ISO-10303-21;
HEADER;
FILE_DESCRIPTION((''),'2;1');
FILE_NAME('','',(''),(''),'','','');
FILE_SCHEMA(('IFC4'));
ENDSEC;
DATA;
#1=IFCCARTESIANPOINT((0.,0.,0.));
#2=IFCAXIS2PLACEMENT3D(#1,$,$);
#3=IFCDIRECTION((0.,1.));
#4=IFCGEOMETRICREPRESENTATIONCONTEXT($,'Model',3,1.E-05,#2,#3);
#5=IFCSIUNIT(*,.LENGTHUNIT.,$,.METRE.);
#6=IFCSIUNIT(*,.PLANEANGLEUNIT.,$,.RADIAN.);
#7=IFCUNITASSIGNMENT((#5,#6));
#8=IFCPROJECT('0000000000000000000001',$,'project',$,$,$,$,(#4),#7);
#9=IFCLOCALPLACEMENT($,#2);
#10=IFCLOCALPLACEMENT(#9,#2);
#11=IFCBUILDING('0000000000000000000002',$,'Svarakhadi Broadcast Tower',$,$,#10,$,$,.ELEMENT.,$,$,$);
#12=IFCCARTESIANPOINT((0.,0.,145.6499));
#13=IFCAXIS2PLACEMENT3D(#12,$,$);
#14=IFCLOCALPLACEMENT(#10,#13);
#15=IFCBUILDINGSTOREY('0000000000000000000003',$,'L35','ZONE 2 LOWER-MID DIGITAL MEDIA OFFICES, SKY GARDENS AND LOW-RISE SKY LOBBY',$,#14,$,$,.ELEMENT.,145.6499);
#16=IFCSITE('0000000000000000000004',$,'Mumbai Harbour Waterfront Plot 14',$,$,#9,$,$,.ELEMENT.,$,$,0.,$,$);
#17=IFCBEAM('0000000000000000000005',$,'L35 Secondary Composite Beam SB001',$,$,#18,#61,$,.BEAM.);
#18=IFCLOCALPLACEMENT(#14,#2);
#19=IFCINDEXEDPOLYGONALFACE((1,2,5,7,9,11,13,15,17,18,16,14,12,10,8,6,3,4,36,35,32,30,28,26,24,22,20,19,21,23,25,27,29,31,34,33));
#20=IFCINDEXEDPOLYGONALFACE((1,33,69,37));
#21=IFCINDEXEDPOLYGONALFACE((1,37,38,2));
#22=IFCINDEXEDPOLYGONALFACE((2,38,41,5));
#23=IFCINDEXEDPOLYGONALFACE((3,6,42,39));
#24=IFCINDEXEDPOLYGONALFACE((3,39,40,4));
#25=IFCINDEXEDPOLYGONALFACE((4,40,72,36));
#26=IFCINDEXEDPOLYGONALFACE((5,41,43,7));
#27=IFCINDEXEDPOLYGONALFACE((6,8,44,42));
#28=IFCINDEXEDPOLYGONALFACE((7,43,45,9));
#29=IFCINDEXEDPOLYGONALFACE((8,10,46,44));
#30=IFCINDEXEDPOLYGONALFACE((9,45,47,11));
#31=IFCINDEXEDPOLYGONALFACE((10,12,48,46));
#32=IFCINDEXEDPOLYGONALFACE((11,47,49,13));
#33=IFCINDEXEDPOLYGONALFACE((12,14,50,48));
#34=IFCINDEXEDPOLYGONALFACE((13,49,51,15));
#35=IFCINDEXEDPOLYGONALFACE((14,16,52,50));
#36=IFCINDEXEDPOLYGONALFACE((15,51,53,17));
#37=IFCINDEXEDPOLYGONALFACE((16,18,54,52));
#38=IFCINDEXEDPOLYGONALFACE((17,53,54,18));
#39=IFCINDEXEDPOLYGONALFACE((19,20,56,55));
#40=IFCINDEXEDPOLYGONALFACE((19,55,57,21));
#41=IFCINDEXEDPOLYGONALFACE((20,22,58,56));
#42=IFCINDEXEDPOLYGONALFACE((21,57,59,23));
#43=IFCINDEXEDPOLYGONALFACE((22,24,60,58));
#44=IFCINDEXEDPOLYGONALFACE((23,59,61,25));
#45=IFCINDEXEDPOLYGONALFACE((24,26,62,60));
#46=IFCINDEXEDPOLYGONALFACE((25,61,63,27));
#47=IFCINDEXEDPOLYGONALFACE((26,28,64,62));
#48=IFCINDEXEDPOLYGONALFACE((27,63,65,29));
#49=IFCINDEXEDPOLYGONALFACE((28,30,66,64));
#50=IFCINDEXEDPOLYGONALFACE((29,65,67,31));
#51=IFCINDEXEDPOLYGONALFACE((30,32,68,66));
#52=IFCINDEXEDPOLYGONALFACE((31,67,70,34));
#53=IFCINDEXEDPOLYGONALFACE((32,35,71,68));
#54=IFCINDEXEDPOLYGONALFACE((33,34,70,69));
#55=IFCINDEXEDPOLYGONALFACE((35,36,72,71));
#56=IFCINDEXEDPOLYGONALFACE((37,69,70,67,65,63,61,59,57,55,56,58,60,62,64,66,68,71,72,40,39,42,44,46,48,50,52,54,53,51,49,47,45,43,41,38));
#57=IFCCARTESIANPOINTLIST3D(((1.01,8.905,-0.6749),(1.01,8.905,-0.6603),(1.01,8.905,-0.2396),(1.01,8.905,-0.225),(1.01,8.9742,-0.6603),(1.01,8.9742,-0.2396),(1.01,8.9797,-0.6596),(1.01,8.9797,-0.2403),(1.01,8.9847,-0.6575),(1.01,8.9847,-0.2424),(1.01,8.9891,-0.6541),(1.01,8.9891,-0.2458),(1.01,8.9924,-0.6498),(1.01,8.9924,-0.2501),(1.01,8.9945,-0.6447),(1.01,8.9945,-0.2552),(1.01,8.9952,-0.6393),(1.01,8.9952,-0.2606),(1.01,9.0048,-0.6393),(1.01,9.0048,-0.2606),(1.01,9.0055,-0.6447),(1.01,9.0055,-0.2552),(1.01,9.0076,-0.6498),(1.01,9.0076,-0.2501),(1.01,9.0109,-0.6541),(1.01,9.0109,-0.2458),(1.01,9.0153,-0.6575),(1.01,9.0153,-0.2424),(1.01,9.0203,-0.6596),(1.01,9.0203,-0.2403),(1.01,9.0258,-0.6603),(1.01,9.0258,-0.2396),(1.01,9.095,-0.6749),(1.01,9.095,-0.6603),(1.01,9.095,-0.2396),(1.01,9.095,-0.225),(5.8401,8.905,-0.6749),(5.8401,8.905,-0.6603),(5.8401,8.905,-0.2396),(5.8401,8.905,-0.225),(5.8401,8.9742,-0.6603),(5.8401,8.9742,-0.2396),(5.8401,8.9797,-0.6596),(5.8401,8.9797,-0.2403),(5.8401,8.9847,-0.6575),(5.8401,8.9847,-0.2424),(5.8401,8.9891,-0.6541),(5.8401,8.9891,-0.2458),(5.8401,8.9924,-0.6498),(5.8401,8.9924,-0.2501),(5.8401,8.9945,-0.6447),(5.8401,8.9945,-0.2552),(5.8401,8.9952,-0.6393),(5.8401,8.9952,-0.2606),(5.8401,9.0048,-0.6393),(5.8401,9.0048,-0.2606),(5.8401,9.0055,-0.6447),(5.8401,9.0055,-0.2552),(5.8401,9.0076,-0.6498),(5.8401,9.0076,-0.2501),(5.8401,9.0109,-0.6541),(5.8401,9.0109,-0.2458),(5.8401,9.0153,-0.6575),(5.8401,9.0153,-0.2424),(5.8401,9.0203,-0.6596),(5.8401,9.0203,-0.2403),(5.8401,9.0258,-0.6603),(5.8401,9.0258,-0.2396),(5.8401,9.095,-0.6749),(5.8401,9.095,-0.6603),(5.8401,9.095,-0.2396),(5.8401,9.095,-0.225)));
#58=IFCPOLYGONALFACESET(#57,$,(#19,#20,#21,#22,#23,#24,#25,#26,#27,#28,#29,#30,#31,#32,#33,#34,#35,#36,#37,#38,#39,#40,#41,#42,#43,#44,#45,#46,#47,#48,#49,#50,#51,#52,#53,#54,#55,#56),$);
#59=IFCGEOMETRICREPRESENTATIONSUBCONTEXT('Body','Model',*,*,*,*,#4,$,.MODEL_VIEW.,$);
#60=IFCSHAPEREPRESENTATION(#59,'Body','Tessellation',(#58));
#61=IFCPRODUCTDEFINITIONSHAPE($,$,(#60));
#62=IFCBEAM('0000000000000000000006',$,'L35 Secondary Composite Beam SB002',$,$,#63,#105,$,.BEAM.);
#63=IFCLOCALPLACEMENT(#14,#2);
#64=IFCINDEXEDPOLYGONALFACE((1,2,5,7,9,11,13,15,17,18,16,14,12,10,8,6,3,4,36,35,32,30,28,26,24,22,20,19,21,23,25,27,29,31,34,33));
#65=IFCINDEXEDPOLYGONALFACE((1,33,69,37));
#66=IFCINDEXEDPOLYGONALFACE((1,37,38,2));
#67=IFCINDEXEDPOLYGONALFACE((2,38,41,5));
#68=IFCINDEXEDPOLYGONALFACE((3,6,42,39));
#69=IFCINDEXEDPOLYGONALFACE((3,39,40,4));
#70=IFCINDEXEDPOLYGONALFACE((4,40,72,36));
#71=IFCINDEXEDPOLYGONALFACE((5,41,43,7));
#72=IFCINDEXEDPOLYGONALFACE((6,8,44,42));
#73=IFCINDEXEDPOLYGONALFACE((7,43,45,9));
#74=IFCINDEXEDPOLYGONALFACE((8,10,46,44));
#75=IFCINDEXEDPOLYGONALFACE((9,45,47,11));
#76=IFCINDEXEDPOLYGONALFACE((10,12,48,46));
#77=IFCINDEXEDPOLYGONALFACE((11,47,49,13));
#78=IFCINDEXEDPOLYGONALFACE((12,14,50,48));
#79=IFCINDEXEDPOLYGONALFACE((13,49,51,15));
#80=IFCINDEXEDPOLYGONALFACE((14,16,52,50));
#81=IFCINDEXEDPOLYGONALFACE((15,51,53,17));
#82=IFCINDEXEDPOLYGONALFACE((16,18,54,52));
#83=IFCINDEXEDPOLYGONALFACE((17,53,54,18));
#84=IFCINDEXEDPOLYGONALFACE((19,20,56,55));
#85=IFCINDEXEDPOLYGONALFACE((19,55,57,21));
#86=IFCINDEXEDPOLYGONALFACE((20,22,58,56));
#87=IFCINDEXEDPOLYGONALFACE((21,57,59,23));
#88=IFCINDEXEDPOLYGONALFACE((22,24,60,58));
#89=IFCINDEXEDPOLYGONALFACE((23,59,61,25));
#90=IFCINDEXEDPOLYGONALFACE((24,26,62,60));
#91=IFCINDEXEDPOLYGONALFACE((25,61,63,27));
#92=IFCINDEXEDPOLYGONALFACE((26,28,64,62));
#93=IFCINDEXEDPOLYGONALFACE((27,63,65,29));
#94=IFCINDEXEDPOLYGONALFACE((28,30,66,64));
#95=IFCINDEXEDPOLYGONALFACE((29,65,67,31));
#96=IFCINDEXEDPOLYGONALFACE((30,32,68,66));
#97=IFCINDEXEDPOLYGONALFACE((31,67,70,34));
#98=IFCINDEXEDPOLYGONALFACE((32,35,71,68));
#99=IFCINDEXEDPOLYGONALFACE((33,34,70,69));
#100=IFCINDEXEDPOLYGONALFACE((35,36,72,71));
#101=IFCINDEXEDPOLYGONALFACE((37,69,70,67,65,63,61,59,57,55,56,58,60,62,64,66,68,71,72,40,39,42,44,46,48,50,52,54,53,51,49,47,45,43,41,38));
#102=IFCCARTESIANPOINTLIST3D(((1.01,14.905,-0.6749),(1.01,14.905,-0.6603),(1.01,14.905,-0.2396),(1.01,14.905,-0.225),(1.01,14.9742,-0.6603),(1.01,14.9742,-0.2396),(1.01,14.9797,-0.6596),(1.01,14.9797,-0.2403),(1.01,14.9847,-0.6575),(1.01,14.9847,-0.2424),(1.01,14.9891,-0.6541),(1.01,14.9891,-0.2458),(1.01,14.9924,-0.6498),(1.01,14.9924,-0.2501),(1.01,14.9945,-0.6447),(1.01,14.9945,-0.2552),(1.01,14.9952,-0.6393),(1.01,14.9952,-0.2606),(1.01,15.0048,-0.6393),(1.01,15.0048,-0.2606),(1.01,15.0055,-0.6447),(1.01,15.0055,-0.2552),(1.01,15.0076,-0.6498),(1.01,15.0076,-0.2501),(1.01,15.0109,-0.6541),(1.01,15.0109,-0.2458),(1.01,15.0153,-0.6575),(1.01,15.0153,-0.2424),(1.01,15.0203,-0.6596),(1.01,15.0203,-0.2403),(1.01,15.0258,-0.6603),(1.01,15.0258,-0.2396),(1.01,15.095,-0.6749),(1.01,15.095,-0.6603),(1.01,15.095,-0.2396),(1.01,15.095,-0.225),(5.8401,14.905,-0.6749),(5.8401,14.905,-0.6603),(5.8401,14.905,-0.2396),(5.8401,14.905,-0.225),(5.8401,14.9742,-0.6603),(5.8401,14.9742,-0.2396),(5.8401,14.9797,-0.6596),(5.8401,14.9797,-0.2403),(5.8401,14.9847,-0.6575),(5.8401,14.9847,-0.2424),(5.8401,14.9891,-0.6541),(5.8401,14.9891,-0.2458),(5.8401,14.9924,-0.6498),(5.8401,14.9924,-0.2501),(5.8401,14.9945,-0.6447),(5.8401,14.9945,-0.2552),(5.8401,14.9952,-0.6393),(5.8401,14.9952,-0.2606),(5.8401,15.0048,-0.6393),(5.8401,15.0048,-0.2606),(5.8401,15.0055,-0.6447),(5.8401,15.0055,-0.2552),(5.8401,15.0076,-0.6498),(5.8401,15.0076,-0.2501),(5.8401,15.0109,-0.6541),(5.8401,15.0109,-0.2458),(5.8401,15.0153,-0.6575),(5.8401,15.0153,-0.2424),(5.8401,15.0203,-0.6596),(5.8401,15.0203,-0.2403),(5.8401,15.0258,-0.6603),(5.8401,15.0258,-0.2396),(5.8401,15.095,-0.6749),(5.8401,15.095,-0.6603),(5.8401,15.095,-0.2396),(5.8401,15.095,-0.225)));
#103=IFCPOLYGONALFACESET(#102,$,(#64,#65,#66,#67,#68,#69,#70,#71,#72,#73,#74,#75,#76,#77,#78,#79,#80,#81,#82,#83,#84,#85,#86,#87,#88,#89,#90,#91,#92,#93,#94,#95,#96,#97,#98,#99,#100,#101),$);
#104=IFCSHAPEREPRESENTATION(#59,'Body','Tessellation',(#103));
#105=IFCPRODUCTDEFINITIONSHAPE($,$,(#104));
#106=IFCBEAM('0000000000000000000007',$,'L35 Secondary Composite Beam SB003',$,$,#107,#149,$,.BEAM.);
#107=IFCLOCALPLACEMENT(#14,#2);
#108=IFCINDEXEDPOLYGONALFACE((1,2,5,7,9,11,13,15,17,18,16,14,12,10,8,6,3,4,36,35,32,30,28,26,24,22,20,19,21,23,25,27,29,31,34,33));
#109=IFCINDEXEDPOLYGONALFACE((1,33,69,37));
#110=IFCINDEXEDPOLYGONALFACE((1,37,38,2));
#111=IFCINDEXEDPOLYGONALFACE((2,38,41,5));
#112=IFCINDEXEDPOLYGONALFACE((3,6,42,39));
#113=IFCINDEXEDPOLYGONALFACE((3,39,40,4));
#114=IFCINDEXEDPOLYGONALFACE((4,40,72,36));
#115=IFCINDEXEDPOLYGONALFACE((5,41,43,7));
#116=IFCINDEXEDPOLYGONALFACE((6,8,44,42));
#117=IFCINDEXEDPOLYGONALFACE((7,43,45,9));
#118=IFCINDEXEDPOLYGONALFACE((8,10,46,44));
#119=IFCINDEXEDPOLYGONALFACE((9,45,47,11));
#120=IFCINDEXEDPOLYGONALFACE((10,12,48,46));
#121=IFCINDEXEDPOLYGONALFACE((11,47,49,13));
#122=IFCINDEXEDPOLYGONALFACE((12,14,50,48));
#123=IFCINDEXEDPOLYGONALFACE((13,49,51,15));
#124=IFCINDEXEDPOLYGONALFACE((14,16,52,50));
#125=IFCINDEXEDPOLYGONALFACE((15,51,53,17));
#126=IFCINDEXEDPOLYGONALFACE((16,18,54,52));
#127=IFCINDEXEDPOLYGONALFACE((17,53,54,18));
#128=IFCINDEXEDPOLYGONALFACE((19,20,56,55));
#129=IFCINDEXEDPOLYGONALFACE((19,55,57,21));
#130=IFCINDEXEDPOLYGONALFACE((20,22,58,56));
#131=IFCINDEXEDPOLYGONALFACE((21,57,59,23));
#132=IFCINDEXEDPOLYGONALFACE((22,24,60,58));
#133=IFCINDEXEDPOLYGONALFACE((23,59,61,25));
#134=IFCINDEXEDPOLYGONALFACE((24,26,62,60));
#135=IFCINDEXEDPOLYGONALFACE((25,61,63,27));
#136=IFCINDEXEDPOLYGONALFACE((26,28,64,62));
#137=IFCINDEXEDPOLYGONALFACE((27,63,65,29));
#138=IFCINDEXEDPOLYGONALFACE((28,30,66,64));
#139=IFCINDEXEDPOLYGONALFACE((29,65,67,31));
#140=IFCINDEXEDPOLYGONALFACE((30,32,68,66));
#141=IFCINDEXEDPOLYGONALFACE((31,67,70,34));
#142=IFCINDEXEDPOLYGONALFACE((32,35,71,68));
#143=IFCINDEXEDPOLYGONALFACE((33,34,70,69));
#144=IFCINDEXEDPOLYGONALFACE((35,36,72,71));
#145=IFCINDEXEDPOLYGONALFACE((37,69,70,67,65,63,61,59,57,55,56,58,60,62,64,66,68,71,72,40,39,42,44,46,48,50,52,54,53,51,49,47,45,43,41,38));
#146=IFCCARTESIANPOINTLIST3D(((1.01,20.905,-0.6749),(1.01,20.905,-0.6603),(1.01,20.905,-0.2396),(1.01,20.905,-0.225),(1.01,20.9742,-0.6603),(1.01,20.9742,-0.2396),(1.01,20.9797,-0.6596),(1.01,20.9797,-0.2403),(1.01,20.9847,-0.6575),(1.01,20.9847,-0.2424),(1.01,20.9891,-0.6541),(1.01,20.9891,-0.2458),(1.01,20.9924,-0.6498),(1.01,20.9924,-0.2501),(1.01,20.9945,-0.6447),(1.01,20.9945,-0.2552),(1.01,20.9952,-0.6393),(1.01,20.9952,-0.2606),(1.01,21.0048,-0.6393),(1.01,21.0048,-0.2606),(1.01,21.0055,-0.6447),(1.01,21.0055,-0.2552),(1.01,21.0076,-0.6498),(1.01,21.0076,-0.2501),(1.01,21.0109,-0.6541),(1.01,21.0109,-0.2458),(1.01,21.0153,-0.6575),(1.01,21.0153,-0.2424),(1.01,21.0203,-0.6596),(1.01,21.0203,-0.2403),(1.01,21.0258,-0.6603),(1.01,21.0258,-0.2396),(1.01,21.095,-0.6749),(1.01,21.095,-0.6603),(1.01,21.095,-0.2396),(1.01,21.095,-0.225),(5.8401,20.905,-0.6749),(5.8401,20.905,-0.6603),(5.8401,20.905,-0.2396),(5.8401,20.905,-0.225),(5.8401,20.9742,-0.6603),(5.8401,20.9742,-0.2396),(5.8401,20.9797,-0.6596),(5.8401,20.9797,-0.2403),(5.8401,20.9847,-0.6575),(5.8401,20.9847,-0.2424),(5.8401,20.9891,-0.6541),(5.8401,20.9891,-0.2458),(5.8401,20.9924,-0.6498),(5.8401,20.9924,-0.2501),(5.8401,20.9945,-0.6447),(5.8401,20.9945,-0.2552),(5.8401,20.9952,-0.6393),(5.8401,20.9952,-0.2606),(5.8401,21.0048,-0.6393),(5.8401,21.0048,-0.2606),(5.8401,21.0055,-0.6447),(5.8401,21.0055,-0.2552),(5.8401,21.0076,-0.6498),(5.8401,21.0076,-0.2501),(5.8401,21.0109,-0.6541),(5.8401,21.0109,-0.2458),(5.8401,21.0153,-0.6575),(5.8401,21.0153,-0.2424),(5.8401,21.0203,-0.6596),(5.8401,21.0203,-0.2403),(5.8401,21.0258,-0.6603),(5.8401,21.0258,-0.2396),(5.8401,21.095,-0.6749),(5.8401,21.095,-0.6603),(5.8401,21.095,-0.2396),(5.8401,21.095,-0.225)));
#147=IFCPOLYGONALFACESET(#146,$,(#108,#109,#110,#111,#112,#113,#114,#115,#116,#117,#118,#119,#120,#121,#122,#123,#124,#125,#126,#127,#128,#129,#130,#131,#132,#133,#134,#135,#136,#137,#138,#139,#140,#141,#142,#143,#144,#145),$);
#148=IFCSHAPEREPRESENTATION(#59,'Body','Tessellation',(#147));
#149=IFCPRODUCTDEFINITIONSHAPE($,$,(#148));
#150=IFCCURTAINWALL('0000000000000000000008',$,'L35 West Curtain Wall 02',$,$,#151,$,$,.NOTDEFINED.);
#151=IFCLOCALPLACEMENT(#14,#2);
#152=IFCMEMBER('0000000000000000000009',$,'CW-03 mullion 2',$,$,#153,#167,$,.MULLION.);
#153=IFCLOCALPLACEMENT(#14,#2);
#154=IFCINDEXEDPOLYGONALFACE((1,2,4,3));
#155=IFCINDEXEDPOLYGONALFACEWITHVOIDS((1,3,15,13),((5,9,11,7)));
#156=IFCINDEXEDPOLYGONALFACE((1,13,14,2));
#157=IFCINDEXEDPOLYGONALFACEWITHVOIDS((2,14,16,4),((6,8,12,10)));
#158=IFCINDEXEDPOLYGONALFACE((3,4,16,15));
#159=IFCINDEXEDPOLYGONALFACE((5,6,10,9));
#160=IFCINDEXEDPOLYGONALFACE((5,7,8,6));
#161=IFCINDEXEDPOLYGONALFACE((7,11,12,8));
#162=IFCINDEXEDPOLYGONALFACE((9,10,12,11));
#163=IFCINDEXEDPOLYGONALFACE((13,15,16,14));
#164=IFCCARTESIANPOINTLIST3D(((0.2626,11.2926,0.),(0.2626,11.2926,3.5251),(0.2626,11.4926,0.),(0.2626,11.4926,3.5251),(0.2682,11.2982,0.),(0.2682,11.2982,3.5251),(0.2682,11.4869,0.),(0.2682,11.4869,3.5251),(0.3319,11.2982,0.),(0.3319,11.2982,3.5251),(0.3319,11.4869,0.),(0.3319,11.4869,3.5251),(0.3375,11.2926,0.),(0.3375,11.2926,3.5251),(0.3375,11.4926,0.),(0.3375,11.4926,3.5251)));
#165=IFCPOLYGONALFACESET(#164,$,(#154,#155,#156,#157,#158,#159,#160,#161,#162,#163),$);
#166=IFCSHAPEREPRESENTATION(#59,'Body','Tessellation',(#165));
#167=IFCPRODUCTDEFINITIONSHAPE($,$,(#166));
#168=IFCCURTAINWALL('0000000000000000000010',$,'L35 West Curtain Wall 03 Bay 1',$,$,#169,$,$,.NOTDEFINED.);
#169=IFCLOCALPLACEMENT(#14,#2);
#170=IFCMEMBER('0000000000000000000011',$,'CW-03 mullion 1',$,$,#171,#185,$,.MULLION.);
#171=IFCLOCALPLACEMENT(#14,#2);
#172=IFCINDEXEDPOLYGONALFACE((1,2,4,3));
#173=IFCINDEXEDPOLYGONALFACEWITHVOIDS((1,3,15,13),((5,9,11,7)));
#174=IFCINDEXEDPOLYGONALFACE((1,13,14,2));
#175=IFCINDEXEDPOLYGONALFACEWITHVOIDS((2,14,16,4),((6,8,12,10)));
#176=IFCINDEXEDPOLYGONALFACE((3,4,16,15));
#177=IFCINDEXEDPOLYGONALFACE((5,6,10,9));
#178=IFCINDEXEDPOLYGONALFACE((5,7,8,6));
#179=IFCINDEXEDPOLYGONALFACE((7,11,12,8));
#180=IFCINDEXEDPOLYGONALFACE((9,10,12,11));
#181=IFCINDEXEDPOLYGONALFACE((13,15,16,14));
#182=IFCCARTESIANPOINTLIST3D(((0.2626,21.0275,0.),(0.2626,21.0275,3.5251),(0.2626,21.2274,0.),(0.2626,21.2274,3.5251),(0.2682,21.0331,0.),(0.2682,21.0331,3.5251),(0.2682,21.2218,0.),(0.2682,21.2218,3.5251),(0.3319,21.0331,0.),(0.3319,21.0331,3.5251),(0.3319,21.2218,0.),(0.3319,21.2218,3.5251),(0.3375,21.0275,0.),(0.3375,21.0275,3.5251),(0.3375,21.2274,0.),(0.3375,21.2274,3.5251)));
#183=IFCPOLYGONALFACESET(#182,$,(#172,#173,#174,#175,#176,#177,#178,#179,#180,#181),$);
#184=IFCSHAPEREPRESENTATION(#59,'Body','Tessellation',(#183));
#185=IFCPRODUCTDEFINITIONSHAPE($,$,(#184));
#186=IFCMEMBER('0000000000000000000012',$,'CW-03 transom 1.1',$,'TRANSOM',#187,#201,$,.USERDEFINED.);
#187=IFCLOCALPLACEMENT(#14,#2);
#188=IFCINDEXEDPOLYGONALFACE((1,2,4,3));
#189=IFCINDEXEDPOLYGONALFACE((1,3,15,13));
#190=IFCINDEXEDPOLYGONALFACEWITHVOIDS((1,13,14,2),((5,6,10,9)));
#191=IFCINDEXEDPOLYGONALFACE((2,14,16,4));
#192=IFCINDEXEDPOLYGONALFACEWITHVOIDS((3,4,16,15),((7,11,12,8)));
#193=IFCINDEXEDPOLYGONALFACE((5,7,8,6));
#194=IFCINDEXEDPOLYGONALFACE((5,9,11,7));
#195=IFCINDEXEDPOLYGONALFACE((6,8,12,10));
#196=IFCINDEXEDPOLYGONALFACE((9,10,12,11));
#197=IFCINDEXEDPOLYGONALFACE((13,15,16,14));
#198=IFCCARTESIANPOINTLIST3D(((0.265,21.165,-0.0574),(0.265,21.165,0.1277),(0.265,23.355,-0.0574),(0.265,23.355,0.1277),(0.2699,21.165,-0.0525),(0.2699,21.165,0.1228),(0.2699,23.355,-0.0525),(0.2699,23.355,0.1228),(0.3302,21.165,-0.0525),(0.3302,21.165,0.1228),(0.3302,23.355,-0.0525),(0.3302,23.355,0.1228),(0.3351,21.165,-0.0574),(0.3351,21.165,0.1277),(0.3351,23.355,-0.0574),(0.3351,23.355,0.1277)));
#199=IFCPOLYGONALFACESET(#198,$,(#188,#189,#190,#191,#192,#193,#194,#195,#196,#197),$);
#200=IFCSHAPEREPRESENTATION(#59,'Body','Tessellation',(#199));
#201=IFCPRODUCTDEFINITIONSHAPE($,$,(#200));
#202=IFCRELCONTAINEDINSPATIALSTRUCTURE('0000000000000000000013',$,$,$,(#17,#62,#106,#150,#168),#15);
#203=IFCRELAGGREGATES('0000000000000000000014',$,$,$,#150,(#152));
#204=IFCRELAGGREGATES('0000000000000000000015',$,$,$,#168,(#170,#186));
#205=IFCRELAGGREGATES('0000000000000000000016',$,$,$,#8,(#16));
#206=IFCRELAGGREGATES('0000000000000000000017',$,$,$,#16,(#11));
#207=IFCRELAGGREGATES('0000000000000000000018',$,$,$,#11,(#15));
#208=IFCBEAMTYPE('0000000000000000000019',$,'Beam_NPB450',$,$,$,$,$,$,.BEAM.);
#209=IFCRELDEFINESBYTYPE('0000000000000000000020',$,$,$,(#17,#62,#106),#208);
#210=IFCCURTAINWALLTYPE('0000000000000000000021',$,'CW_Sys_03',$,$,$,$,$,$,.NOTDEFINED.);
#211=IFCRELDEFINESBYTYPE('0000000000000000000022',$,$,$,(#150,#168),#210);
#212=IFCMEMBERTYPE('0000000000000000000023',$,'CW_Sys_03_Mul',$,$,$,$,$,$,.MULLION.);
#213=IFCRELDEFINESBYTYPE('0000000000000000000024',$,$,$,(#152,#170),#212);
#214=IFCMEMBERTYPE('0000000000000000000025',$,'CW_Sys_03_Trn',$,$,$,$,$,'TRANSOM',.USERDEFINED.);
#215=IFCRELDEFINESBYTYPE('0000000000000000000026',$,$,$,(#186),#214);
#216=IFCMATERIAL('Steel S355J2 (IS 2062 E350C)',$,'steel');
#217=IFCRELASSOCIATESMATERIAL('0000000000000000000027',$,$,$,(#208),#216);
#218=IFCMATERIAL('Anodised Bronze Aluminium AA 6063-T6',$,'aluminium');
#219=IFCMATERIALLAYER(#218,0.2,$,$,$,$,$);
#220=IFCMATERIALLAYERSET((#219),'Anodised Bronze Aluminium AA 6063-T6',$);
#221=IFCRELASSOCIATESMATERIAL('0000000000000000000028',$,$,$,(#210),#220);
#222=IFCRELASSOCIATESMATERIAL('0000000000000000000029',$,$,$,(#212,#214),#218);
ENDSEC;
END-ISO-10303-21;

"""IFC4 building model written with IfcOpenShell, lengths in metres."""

from ifc_helpers import new_model, si_unit, direction, frame, origin, origin_2d, place, context, subcontext, project, spatial, hollow_rectangle, i_section, extrude, material, layer, layer_set, material_profile, profile_set, type_object, element, aggregate, save


model = new_model("IFC4")

# Units and contexts
model_context = context("Model", 3, precision=1e-05, world=origin(), true_north=direction((0.0, 1.0)))
body_context = subcontext(model_context, "Body", "Model", "MODEL_VIEW")
ifc_project = project(units=[si_unit("LENGTHUNIT", "METRE"), si_unit("PLANEANGLEUNIT", "RADIAN")], contexts=[model_context])

# Site, building, storey
site_placement = place(None, origin())
site = spatial("IfcSite", under=ifc_project, at=site_placement, Name="Mumbai Harbour Waterfront Plot 14", CompositionType="ELEMENT", RefElevation=0.0)
building_placement = place(site_placement, origin())
building = spatial("IfcBuilding", under=site, at=building_placement, Name="Svarakhadi Broadcast Tower", CompositionType="ELEMENT")
storey_placement = place(building_placement, frame((0.0, 0.0, 145.6499)))
storey = spatial("IfcBuildingStorey", under=building, at=storey_placement, Name="L35", Description="ZONE 2 LOWER-MID DIGITAL MEDIA OFFICES, SKY GARDENS AND LOW-RISE SKY LOBBY", CompositionType="ELEMENT", Elevation=145.6499)

# Beams
ifc_material_1 = material(Name="Steel S355J2 (IS 2062 E350C)", Category="steel")
ifc_material_profile_1 = material_profile(ifc_material_1, i_section(OverallWidth=0.1899, OverallDepth=0.45, WebThickness=0.0095, FlangeThickness=0.0146, FilletRadius=0.021, at=origin_2d()), Name="NPB 450x190x78")
ifc_profile_set_1 = profile_set([ifc_material_profile_1], Name="Steel S355J2 (IS 2062 E350C)")
beam_type_1 = type_object("IfcBeamType", Name="Beam_NPB450", PredefinedType="BEAM", material=ifc_profile_set_1)
for number, where, z_axis, x_axis, name in (
    (1, (1.01, 9.0, -0.45), (1.0, 0.0, 0.0), (0.0, 1.0, 0.0), "L35 Secondary Composite Beam SB001"),
    (2, (1.01, 15.0, -0.45), (1.0, 0.0, 0.0), (0.0, 1.0, 0.0), "L35 Secondary Composite Beam SB002"),
    (3, (1.01, 21.0, -0.45), (1.0, 0.0, 0.0), (0.0, 1.0, 0.0), "L35 Secondary Composite Beam SB003"),
):
    element("IfcBeam", number, at=place(storey_placement, frame(where, z_axis=z_axis, x_axis=x_axis)), inside=storey, type_object=beam_type_1, Name=name, PredefinedType="BEAM", context=body_context, shape_type="SweptSolid", body=[
        extrude(i_section(OverallWidth=0.1899, OverallDepth=0.45, WebThickness=0.0095, FlangeThickness=0.0146, FilletRadius=0.021, at=origin_2d()), origin(), (0.0, 0.0, 1.0), 4.8301),
    ])

# Curtain wall, member
ifc_material_2 = material(Name="Anodised Bronze Aluminium AA 6063-T6", Category="aluminium")
ifc_layer_1 = layer(ifc_material_2, 0.2)
ifc_layer_set_1 = layer_set([ifc_layer_1], Name="Anodised Bronze Aluminium AA 6063-T6")
curtain_wall_type = type_object("IfcCurtainWallType", Name="CW_Sys_03", PredefinedType="NOTDEFINED", material=ifc_layer_set_1)
curtain_wall_1_placement = place(storey_placement, origin())
curtain_wall_1 = element("IfcCurtainWall", 4, at=curtain_wall_1_placement, inside=storey, type_object=curtain_wall_type, Name="L35 West Curtain Wall 02", PredefinedType="NOTDEFINED")
ifc_material_profile_2 = material_profile(ifc_material_2, hollow_rectangle(XDim=0.075, YDim=0.2, WallThickness=0.0056, at=origin_2d()), Name="ALU MULLION 200x75x6")
ifc_profile_set_2 = profile_set([ifc_material_profile_2], Name="Anodised Bronze Aluminium AA 6063-T6")
member_type_1 = type_object("IfcMemberType", Name="CW_Sys_03_Mul", PredefinedType="MULLION", material=ifc_profile_set_2)
member_1_placement = place(storey_placement, frame((0.3, 11.3926, 0.0), z_axis=(0.0, 0.0, 1.0), x_axis=(-1.0, 0.0, 0.0)))
member_1 = element("IfcMember", 5, at=member_1_placement, type_object=member_type_1, Name="CW-03 mullion 2", PredefinedType="MULLION", context=body_context, shape_type="SweptSolid", body=[
    extrude(hollow_rectangle(XDim=0.075, YDim=0.2, WallThickness=0.0056, at=origin_2d()), origin(), (0.0, 0.0, 1.0), 3.5251),
])
aggregate(curtain_wall_1, [member_1])

# Curtain wall, members
curtain_wall_2_placement = place(storey_placement, origin())
curtain_wall_2 = element("IfcCurtainWall", 6, at=curtain_wall_2_placement, inside=storey, type_object=curtain_wall_type, Name="L35 West Curtain Wall 03 Bay 1", PredefinedType="NOTDEFINED")
member_2_placement = place(storey_placement, frame((0.3, 21.1274, 0.0), z_axis=(0.0, 0.0, 1.0), x_axis=(-1.0, 0.0, 0.0)))
member_2 = element("IfcMember", 7, at=member_2_placement, type_object=member_type_1, Name="CW-03 mullion 1", PredefinedType="MULLION", context=body_context, shape_type="SweptSolid", body=[
    extrude(hollow_rectangle(XDim=0.075, YDim=0.2, WallThickness=0.0056, at=origin_2d()), origin(), (0.0, 0.0, 1.0), 3.5251),
])
ifc_material_profile_3 = material_profile(ifc_material_2, hollow_rectangle(XDim=0.0701, YDim=0.1851, WallThickness=0.0049, at=origin_2d()), Name="ALU TRANSOM 185x70x5")
ifc_profile_set_3 = profile_set([ifc_material_profile_3], Name="Anodised Bronze Aluminium AA 6063-T6")
member_type_2 = type_object("IfcMemberType", Name="CW_Sys_03_Trn", ElementType="TRANSOM", PredefinedType="USERDEFINED", material=ifc_profile_set_3)
member_3_placement = place(storey_placement, frame((0.3, 21.165, 0.0352), z_axis=(0.0, 1.0, 0.0), x_axis=(-1.0, 0.0, 0.0)))
member_3 = element("IfcMember", 8, at=member_3_placement, type_object=member_type_2, Name="CW-03 transom 1.1", ObjectType="TRANSOM", PredefinedType="USERDEFINED", context=body_context, shape_type="SweptSolid", body=[
    extrude(hollow_rectangle(XDim=0.0701, YDim=0.1851, WallThickness=0.0049, at=origin_2d()), origin(), (0.0, 0.0, 1.0), 2.1899),
])
aggregate(curtain_wall_2, [member_2, member_3])

save(model, "model.ifc")
